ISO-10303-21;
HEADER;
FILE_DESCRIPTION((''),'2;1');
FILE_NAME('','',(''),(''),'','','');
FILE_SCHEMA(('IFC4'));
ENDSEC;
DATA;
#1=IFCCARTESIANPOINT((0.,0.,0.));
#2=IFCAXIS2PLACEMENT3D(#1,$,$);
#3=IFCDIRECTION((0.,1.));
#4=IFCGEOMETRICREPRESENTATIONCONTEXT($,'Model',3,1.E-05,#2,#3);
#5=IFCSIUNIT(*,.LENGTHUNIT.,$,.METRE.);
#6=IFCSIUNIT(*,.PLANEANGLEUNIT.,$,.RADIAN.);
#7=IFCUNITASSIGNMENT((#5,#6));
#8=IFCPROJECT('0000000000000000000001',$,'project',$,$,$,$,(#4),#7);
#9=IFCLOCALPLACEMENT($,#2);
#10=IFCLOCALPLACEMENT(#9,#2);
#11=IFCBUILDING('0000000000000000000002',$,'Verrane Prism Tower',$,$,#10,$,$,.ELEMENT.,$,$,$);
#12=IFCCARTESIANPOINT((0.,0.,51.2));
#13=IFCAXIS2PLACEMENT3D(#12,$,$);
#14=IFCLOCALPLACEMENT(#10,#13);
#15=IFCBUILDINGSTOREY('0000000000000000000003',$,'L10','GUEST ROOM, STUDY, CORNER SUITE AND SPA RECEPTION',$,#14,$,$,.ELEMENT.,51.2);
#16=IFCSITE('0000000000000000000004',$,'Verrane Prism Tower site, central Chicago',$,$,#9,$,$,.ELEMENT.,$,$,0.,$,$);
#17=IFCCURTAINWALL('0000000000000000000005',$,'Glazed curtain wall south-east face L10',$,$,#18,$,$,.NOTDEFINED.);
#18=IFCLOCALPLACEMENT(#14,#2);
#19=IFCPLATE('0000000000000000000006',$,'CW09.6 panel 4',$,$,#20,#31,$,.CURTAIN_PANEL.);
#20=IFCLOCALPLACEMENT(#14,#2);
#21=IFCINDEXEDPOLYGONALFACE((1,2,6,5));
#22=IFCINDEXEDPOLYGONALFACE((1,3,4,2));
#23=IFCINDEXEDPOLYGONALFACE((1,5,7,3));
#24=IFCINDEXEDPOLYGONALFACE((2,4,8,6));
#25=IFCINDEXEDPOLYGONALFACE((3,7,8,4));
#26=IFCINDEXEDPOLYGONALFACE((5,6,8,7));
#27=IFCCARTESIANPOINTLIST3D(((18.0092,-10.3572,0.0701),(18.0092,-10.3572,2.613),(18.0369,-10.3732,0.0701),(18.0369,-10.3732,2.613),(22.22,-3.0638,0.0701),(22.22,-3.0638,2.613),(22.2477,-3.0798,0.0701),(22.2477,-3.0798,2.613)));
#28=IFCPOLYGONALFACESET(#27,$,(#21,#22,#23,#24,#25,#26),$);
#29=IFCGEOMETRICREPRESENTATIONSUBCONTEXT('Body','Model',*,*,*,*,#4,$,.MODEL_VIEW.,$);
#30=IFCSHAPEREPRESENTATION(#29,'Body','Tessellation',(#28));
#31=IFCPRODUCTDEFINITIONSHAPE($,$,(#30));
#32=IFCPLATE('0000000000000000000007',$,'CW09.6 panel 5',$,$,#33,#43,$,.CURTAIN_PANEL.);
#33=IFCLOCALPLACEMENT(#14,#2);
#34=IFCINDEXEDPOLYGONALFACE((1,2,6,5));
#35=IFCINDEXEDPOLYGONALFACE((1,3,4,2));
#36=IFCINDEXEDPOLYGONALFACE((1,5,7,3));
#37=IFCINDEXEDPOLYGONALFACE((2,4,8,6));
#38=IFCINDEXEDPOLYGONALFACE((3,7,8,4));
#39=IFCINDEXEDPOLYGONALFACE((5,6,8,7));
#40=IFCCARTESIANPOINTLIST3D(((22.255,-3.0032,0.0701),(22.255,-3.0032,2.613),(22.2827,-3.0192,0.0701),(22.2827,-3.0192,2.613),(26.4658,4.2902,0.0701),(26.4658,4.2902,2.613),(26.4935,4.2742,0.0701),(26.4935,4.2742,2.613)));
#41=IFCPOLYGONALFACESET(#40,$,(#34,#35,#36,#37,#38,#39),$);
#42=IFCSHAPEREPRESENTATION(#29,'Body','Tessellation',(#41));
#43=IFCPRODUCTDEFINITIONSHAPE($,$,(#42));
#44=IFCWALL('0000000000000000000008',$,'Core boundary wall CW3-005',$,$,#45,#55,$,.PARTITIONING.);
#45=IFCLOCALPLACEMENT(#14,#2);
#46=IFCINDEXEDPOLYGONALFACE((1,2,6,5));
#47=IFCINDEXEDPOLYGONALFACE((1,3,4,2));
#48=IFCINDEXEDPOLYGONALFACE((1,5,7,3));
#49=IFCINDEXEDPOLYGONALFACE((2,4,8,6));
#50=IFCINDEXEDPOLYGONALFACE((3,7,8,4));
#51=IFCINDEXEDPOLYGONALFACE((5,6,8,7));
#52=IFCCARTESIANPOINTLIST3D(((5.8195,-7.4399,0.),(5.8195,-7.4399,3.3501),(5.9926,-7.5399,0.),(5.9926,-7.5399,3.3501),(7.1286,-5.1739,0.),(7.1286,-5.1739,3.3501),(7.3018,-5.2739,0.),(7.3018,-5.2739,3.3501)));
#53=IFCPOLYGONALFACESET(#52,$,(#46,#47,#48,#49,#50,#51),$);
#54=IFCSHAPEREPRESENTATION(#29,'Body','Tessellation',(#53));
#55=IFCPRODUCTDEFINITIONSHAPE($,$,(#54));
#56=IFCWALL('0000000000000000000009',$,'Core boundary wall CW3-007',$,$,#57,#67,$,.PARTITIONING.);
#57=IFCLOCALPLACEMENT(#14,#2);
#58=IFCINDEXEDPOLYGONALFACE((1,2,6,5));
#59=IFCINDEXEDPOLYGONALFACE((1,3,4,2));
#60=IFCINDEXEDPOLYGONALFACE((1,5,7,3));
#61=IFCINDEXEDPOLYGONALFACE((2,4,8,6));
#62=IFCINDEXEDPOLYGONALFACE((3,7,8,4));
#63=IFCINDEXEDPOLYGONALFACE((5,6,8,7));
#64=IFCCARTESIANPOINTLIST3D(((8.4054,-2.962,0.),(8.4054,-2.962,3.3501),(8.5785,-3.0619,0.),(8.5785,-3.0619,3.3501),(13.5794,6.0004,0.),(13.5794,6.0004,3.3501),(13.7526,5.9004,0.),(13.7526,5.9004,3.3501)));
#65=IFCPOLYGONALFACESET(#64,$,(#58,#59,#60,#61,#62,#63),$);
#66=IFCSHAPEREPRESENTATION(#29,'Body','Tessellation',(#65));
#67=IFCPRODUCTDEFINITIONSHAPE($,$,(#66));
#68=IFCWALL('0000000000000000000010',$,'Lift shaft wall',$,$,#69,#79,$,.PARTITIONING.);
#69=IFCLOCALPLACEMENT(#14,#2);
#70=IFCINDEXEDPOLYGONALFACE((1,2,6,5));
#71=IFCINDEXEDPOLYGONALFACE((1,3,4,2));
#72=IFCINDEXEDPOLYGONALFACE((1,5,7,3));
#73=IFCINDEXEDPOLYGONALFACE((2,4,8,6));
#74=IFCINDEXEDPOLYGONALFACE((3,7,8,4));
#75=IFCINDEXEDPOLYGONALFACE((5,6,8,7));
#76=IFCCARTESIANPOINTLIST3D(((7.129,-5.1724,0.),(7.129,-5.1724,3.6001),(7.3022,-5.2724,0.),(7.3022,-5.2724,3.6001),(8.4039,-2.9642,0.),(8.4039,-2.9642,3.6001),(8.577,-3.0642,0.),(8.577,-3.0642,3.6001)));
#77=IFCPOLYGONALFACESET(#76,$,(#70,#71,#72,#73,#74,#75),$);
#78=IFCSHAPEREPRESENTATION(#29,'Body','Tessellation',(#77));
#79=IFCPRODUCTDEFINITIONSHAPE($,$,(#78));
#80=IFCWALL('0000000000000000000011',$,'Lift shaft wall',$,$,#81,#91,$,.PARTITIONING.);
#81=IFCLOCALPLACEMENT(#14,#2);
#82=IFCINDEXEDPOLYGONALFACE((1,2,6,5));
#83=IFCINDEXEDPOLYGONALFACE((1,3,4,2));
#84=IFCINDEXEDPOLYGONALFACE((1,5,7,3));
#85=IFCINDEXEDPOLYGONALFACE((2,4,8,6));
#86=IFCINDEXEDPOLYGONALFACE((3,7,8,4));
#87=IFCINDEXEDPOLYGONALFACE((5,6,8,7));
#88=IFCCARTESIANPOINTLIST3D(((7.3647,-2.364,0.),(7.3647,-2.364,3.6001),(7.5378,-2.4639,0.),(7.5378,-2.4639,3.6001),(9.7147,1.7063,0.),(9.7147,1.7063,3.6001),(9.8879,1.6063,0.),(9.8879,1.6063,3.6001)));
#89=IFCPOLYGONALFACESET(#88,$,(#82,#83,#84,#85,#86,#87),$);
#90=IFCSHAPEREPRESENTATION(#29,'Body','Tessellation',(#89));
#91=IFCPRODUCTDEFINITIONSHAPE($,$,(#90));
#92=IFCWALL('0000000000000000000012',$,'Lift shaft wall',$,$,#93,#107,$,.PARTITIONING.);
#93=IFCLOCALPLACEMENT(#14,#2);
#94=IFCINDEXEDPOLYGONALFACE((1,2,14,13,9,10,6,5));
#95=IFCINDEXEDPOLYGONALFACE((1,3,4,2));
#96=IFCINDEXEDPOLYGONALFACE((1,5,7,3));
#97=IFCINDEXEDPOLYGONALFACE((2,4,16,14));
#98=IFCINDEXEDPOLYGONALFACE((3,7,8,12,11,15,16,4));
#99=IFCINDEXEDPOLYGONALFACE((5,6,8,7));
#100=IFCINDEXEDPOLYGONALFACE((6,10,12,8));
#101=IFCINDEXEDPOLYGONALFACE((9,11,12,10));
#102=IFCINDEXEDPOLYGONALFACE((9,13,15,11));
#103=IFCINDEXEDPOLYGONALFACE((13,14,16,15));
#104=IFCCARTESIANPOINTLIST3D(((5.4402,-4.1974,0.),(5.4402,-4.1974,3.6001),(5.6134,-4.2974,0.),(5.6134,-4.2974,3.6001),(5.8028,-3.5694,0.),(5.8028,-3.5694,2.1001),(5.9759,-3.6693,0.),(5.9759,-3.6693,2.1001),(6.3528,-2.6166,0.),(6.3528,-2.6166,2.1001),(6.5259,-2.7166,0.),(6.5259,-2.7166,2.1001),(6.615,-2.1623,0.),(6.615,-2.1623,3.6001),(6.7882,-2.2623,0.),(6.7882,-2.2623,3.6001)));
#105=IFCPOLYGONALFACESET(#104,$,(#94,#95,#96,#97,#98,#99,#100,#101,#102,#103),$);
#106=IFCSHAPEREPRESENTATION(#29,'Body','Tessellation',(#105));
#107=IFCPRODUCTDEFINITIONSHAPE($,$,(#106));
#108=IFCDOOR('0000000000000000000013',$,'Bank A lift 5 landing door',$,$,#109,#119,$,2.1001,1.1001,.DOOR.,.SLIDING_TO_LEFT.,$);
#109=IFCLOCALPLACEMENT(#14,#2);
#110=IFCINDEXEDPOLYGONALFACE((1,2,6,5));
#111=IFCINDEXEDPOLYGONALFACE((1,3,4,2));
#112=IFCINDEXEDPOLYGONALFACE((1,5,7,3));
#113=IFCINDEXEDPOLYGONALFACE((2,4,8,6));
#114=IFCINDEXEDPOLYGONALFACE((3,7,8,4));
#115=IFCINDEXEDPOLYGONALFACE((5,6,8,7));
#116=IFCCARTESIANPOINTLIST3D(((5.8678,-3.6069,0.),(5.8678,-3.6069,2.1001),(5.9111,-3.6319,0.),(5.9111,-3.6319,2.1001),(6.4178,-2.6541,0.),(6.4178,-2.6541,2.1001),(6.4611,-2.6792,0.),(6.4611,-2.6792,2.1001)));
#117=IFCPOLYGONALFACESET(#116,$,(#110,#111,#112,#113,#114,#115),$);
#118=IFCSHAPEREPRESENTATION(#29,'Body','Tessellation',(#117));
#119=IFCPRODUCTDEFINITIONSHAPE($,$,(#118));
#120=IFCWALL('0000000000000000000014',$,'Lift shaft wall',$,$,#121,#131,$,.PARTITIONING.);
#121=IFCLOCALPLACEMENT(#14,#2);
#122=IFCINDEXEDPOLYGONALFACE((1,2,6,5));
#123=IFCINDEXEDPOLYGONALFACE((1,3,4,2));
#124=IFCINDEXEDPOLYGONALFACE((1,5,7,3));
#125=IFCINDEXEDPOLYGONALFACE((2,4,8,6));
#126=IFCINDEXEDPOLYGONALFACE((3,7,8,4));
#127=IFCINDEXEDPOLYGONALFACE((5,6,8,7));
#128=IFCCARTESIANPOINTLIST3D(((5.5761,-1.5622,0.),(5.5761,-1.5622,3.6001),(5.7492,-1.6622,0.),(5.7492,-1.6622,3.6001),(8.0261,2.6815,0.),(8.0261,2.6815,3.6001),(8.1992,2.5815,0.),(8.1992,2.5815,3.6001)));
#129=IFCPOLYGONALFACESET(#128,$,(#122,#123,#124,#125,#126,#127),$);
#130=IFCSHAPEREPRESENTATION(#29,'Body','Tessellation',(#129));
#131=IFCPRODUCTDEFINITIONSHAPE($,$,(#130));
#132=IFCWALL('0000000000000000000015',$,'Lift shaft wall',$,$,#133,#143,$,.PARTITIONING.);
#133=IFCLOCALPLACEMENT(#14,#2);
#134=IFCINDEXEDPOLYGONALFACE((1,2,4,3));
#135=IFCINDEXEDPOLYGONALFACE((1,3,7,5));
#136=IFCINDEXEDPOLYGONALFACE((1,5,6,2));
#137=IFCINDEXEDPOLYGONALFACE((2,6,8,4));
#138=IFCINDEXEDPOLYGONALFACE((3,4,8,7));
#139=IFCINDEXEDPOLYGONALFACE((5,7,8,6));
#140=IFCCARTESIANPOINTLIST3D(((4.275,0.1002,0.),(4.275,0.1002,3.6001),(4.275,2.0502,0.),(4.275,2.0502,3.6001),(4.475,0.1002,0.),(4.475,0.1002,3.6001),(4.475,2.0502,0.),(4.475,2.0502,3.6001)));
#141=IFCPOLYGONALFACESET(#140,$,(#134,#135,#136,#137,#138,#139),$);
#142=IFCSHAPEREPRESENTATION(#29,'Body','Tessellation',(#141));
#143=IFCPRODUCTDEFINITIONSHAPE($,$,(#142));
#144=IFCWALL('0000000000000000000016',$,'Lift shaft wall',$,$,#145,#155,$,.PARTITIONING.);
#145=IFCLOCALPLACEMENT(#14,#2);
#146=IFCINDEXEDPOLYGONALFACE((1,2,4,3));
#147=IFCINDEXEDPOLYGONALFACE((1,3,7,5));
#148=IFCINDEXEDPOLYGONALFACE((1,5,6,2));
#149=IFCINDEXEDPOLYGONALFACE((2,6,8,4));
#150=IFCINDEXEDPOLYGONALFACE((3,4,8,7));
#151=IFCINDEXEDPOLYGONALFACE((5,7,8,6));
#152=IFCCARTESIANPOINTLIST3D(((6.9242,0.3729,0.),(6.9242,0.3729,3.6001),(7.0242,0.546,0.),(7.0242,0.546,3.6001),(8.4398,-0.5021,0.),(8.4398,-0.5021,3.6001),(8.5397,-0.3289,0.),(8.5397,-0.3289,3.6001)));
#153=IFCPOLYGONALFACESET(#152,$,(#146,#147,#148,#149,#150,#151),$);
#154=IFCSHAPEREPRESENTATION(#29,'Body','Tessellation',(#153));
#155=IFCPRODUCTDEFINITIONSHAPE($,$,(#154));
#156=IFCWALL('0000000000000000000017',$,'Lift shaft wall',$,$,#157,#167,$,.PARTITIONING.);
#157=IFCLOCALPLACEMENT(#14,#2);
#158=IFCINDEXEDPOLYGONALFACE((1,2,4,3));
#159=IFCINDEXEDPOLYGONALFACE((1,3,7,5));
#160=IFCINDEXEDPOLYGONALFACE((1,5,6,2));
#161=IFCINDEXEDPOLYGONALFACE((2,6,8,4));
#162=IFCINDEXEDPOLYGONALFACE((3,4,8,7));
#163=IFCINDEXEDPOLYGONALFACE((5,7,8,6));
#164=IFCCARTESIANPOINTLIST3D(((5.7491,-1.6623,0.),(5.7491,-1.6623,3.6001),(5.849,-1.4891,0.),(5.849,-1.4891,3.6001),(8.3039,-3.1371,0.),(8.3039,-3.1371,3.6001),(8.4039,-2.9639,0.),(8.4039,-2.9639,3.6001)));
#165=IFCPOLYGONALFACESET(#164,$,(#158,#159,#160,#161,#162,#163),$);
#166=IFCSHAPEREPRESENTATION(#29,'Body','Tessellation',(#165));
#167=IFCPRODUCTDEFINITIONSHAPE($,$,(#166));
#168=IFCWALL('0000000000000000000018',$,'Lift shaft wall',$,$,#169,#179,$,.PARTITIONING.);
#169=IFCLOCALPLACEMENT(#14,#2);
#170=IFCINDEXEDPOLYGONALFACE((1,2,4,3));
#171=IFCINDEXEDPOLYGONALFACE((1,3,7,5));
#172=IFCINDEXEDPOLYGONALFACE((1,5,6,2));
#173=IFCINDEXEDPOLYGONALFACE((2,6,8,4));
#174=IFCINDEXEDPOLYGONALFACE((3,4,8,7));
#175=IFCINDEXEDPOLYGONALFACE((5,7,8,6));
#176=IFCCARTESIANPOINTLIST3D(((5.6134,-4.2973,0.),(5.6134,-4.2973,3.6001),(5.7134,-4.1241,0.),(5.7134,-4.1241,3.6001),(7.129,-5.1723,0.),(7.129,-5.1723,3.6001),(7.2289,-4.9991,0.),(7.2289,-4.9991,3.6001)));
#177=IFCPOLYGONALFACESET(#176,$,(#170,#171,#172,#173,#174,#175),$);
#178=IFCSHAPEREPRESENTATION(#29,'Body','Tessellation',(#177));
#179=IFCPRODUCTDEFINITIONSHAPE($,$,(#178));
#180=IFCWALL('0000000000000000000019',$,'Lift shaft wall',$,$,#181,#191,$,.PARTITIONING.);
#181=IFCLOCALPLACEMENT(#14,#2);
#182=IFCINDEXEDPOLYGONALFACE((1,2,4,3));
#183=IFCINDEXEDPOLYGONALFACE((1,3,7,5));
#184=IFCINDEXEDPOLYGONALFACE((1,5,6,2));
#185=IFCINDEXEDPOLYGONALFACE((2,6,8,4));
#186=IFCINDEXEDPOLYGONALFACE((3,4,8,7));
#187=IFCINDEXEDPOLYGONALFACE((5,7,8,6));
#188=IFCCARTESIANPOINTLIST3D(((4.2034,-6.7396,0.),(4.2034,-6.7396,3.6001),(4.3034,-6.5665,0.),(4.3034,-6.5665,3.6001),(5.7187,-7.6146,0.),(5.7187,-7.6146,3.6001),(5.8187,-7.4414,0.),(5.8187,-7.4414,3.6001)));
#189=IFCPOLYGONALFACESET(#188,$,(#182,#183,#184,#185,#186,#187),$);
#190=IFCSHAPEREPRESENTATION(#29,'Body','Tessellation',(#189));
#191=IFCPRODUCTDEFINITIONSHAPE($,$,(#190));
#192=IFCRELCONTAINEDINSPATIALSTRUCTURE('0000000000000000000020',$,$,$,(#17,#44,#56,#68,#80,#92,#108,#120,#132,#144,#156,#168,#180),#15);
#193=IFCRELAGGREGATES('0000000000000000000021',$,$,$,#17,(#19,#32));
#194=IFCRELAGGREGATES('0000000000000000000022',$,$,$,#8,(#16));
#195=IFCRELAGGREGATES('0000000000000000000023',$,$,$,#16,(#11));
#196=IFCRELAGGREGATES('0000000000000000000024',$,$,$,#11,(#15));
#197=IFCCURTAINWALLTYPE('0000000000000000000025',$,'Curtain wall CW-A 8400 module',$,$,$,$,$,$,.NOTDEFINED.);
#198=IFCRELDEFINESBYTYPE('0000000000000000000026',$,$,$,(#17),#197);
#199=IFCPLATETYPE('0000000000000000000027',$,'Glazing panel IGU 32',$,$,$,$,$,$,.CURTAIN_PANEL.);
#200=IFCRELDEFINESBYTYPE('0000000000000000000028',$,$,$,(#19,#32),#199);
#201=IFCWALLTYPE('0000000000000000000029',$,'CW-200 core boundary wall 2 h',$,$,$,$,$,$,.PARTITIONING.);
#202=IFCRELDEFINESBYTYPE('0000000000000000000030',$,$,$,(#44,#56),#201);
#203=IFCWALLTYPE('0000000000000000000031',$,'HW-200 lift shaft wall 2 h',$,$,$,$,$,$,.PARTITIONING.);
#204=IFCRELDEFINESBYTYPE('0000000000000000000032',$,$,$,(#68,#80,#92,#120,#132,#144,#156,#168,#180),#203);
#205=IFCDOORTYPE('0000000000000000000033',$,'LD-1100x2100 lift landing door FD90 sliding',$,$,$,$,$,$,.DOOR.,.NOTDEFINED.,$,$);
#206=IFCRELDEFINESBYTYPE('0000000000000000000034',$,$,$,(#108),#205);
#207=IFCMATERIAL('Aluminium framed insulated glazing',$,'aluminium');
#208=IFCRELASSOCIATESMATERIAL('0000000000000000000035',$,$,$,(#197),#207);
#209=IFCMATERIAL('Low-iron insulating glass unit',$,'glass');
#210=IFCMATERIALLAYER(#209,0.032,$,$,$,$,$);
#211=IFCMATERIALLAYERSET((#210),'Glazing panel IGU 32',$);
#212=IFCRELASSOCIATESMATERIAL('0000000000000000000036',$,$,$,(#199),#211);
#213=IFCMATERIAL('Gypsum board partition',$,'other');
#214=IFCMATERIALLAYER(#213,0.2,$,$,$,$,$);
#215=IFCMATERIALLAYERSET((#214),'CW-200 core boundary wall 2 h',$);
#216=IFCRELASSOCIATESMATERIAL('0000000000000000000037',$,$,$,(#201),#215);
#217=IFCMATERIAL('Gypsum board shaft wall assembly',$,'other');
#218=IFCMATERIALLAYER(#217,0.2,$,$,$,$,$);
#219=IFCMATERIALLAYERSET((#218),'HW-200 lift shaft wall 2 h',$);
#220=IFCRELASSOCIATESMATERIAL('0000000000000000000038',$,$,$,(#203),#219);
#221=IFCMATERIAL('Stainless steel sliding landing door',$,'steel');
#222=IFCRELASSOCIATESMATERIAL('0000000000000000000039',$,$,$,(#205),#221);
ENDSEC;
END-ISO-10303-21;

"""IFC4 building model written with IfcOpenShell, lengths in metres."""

from ifc_helpers import new_model, si_unit, direction, frame, frame_2d, origin, origin_2d, place, context, subcontext, project, spatial, rectangle, extrude, material, layer, layer_set, type_object, element, fill, aggregate, save


model = new_model("IFC4")

# Units and contexts
model_context = context("Model", 3, precision=1e-05, world=origin(), true_north=direction((0.0, 1.0)))
body_context = subcontext(model_context, "Body", "Model", "MODEL_VIEW")
ifc_project = project(units=[si_unit("LENGTHUNIT", "METRE"), si_unit("PLANEANGLEUNIT", "RADIAN")], contexts=[model_context])

# Site, building, storey
site_placement = place(None, origin())
site = spatial("IfcSite", under=ifc_project, at=site_placement, Name="Verrane Prism Tower site, central Chicago", CompositionType="ELEMENT", RefElevation=0.0)
building_placement = place(site_placement, origin())
building = spatial("IfcBuilding", under=site, at=building_placement, Name="Verrane Prism Tower", CompositionType="ELEMENT")
storey_placement = place(building_placement, frame((0.0, 0.0, 51.2)))
storey = spatial("IfcBuildingStorey", under=building, at=storey_placement, Name="L10", Description="GUEST ROOM, STUDY, CORNER SUITE AND SPA RECEPTION", CompositionType="ELEMENT", Elevation=51.2)

# Curtain wall
ifc_material_1 = material(Name="Aluminium framed insulated glazing", Category="aluminium")
curtain_wall_type = type_object("IfcCurtainWallType", Name="Curtain wall CW-A 8400 module", PredefinedType="NOTDEFINED", material=ifc_material_1)
curtain_wall_placement = place(storey_placement, origin())
curtain_wall = element("IfcCurtainWall", 1, at=curtain_wall_placement, inside=storey, type_object=curtain_wall_type, Name="Glazed curtain wall south-east face L10", PredefinedType="NOTDEFINED")

# Plates
ifc_material_2 = material(Name="Low-iron insulating glass unit", Category="glass")
ifc_layer_1 = layer(ifc_material_2, 0.032)
ifc_layer_set_1 = layer_set([ifc_layer_1], Name="Glazing panel IGU 32")
plate_type = type_object("IfcPlateType", Name="Glazing panel IGU 32", PredefinedType="CURTAIN_PANEL", material=ifc_layer_set_1)
plate_1_placement = place(storey_placement, frame((20.1284, -6.7185, 0.0701), z_axis=(0.0, 0.0, 1.0), x_axis=(0.499999, 0.866026, 0.0)))
plate_1 = element("IfcPlate", 2, at=plate_1_placement, type_object=plate_type, Name="CW09.6 panel 4", PredefinedType="CURTAIN_PANEL", context=body_context, shape_type="SweptSolid", body=[
    extrude(rectangle(XDim=8.4216, YDim=0.032, at=origin_2d()), origin(), (0.0, 0.0, 1.0), 2.543),
])
plate_2_placement = place(storey_placement, frame((24.3743, 0.6355, 0.0701), z_axis=(0.0, 0.0, 1.0), x_axis=(0.499999, 0.866026, 0.0)))
plate_2 = element("IfcPlate", 3, at=plate_2_placement, type_object=plate_type, Name="CW09.6 panel 5", PredefinedType="CURTAIN_PANEL", context=body_context, shape_type="SweptSolid", body=[
    extrude(rectangle(XDim=8.4216, YDim=0.032, at=origin_2d()), origin(), (0.0, 0.0, 1.0), 2.543),
])
aggregate(curtain_wall, [plate_1, plate_2])

# Walls
ifc_material_3 = material(Name="Gypsum board partition", Category="other")
ifc_layer_2 = layer(ifc_material_3, 0.2)
ifc_layer_set_2 = layer_set([ifc_layer_2], Name="CW-200 core boundary wall 2 h")
wall_type_1 = type_object("IfcWallType", Name="CW-200 core boundary wall 2 h", PredefinedType="PARTITIONING", material=ifc_layer_set_2)
wall_1_placement = place(storey_placement, frame((5.906, -7.49, 0.0), z_axis=(0.0, 0.0, 1.0), x_axis=(0.500253, 0.865879, 0.0)))
element("IfcWall", 4, at=wall_1_placement, inside=storey, type_object=wall_type_1, Name="Core boundary wall CW3-005", PredefinedType="PARTITIONING", context=body_context, shape_type="SweptSolid", body=[
    extrude(rectangle(XDim=2.6169, YDim=0.2, at=frame_2d((1.3086, 0.0))), origin(), (0.0, 0.0, 1.0), 3.3501),
])
wall_2_placement = place(storey_placement, frame((8.4919, -3.012, 0.0), z_axis=(0.0, 0.0, 1.0), x_axis=(0.499973, 0.866041, 0.0)))
element("IfcWall", 5, at=wall_2_placement, inside=storey, type_object=wall_type_1, Name="Core boundary wall CW3-007", PredefinedType="PARTITIONING", context=body_context, shape_type="SweptSolid", body=[
    extrude(rectangle(XDim=10.3486, YDim=0.2, at=frame_2d((5.1743, 0.0))), origin(), (0.0, 0.0, 1.0), 3.3501),
])
ifc_material_4 = material(Name="Gypsum board shaft wall assembly", Category="other")
ifc_layer_3 = layer(ifc_material_4, 0.2)
ifc_layer_set_3 = layer_set([ifc_layer_3], Name="HW-200 lift shaft wall 2 h")
wall_type_2 = type_object("IfcWallType", Name="HW-200 lift shaft wall 2 h", PredefinedType="PARTITIONING", material=ifc_layer_set_3)
wall_3_placement = place(storey_placement, frame((7.2156, -5.2224, 0.0), z_axis=(0.0, 0.0, 1.0), x_axis=(0.49999, 0.866031, 0.0)))
element("IfcWall", 6, at=wall_3_placement, inside=storey, type_object=wall_type_2, Name="Lift shaft wall", PredefinedType="PARTITIONING", context=body_context, shape_type="SweptSolid", body=[
    extrude(rectangle(XDim=2.5498, YDim=0.2, at=frame_2d((1.2749, 0.0))), origin(), (0.0, 0.0, 1.0), 3.6001),
])
wall_4_placement = place(storey_placement, frame((7.4512, -2.4141, 0.0), z_axis=(0.0, 0.0, 1.0), x_axis=(0.500016, 0.866016, 0.0)))
element("IfcWall", 7, at=wall_4_placement, inside=storey, type_object=wall_type_2, Name="Lift shaft wall", PredefinedType="PARTITIONING", context=body_context, shape_type="SweptSolid", body=[
    extrude(rectangle(XDim=4.7, YDim=0.2, at=frame_2d((2.3501, 0.0))), origin(), (0.0, 0.0, 1.0), 3.6001),
])

# Wall, opening, door
wall_5_placement = place(storey_placement, frame((5.5269, -4.2473, 0.0), z_axis=(0.0, 0.0, 1.0), x_axis=(0.499938, 0.866061, 0.0)))
wall_5 = element("IfcWall", 8, at=wall_5_placement, inside=storey, type_object=wall_type_2, Name="Lift shaft wall", PredefinedType="PARTITIONING", context=body_context, shape_type="SweptSolid", body=[
    extrude(rectangle(XDim=2.3499, YDim=0.2, at=frame_2d((1.1748, 0.0))), origin(), (0.0, 0.0, 1.0), 3.6001),
])
opening_placement = place(wall_5_placement, frame((0.7251, 0.0, 0.0)))
opening = element("IfcOpeningElement", 9, at=opening_placement, cuts=wall_5, PredefinedType="OPENING", context=body_context, shape_type="SweptSolid", body=[
    extrude(rectangle(XDim=1.1001, YDim=2.1001, at=frame_2d((0.55, 1.05))), frame((0.0, 0.1099, 0.0), z_axis=(0.0, -1.0, 0.0), x_axis=(1.0, 0.0, 0.0)), (0.0, 0.0, 1.0), 0.22),
])
ifc_material_5 = material(Name="Stainless steel sliding landing door", Category="steel")
door_type = type_object("IfcDoorType", Name="LD-1100x2100 lift landing door FD90 sliding", OperationType="NOTDEFINED", PredefinedType="DOOR", material=ifc_material_5)
door_placement = place(opening_placement, origin())
door = element("IfcDoor", 10, at=door_placement, inside=storey, type_object=door_type, Name="Bank A lift 5 landing door", OperationType="SLIDING_TO_LEFT", OverallHeight=2.1001, OverallWidth=1.1001, PredefinedType="DOOR", context=body_context, shape_type="SweptSolid", body=[
    extrude(rectangle(XDim=1.1001, YDim=2.1001, at=frame_2d((0.55, 1.05))), frame((0.0, 0.0249, 0.0), z_axis=(0.0, -1.0, 0.0), x_axis=(1.0, 0.0, 0.0)), (0.0, 0.0, 1.0), 0.05),
])
fill(opening, door)

# Walls
wall_6_placement = place(storey_placement, frame((5.6626, -1.6123, 0.0), z_axis=(0.0, 0.0, 1.0), x_axis=(0.499981, 0.866036, 0.0)))
element("IfcWall", 11, at=wall_6_placement, inside=storey, type_object=wall_type_2, Name="Lift shaft wall", PredefinedType="PARTITIONING", context=body_context, shape_type="SweptSolid", body=[
    extrude(rectangle(XDim=4.9001, YDim=0.2, at=frame_2d((2.4502, 0.0))), origin(), (0.0, 0.0, 1.0), 3.6001),
])
wall_7_placement = place(storey_placement, frame((4.375, 0.1001, 0.0), z_axis=(0.0, 0.0, 1.0), x_axis=(0.0, 1.0, 0.0)))
element("IfcWall", 12, at=wall_7_placement, inside=storey, type_object=wall_type_2, Name="Lift shaft wall", PredefinedType="PARTITIONING", context=body_context, shape_type="SweptSolid", body=[
    extrude(rectangle(XDim=1.95, YDim=0.2, at=frame_2d((0.9751, 0.0))), origin(), (0.0, 0.0, 1.0), 3.6001),
])
wall_8_placement = place(storey_placement, frame((8.4897, -0.4155, 0.0), z_axis=(0.0, 0.0, 1.0), x_axis=(-0.866037, 0.49998, 0.0)))
element("IfcWall", 13, at=wall_8_placement, inside=storey, type_object=wall_type_2, Name="Lift shaft wall", PredefinedType="PARTITIONING", context=body_context, shape_type="SweptSolid", body=[
    extrude(rectangle(XDim=1.75, YDim=0.2, at=frame_2d((0.875, 0.0))), origin(), (0.0, 0.0, 1.0), 3.6001),
])
wall_9_placement = place(storey_placement, frame((8.354, -3.0505, 0.0), z_axis=(0.0, 0.0, 1.0), x_axis=(-0.86606, 0.49994, 0.0)))
element("IfcWall", 14, at=wall_9_placement, inside=storey, type_object=wall_type_2, Name="Lift shaft wall", PredefinedType="PARTITIONING", context=body_context, shape_type="SweptSolid", body=[
    extrude(rectangle(XDim=2.95, YDim=0.2, at=frame_2d((1.4751, 0.0))), origin(), (0.0, 0.0, 1.0), 3.6001),
])
wall_10_placement = place(storey_placement, frame((7.179, -5.0857, 0.0), z_axis=(0.0, 0.0, 1.0), x_axis=(-0.866037, 0.49998, 0.0)))
element("IfcWall", 15, at=wall_10_placement, inside=storey, type_object=wall_type_2, Name="Lift shaft wall", PredefinedType="PARTITIONING", context=body_context, shape_type="SweptSolid", body=[
    extrude(rectangle(XDim=1.75, YDim=0.2, at=frame_2d((0.875, 0.0))), origin(), (0.0, 0.0, 1.0), 3.6001),
])
wall_11_placement = place(storey_placement, frame((5.7688, -7.5281, 0.0), z_axis=(0.0, 0.0, 1.0), x_axis=(-0.866002, 0.50004, 0.0)))
element("IfcWall", 16, at=wall_11_placement, inside=storey, type_object=wall_type_2, Name="Lift shaft wall", PredefinedType="PARTITIONING", context=body_context, shape_type="SweptSolid", body=[
    extrude(rectangle(XDim=1.7498, YDim=0.2, at=frame_2d((0.875, 0.0))), origin(), (0.0, 0.0, 1.0), 3.6001),
])

save(model, "model.ifc")
